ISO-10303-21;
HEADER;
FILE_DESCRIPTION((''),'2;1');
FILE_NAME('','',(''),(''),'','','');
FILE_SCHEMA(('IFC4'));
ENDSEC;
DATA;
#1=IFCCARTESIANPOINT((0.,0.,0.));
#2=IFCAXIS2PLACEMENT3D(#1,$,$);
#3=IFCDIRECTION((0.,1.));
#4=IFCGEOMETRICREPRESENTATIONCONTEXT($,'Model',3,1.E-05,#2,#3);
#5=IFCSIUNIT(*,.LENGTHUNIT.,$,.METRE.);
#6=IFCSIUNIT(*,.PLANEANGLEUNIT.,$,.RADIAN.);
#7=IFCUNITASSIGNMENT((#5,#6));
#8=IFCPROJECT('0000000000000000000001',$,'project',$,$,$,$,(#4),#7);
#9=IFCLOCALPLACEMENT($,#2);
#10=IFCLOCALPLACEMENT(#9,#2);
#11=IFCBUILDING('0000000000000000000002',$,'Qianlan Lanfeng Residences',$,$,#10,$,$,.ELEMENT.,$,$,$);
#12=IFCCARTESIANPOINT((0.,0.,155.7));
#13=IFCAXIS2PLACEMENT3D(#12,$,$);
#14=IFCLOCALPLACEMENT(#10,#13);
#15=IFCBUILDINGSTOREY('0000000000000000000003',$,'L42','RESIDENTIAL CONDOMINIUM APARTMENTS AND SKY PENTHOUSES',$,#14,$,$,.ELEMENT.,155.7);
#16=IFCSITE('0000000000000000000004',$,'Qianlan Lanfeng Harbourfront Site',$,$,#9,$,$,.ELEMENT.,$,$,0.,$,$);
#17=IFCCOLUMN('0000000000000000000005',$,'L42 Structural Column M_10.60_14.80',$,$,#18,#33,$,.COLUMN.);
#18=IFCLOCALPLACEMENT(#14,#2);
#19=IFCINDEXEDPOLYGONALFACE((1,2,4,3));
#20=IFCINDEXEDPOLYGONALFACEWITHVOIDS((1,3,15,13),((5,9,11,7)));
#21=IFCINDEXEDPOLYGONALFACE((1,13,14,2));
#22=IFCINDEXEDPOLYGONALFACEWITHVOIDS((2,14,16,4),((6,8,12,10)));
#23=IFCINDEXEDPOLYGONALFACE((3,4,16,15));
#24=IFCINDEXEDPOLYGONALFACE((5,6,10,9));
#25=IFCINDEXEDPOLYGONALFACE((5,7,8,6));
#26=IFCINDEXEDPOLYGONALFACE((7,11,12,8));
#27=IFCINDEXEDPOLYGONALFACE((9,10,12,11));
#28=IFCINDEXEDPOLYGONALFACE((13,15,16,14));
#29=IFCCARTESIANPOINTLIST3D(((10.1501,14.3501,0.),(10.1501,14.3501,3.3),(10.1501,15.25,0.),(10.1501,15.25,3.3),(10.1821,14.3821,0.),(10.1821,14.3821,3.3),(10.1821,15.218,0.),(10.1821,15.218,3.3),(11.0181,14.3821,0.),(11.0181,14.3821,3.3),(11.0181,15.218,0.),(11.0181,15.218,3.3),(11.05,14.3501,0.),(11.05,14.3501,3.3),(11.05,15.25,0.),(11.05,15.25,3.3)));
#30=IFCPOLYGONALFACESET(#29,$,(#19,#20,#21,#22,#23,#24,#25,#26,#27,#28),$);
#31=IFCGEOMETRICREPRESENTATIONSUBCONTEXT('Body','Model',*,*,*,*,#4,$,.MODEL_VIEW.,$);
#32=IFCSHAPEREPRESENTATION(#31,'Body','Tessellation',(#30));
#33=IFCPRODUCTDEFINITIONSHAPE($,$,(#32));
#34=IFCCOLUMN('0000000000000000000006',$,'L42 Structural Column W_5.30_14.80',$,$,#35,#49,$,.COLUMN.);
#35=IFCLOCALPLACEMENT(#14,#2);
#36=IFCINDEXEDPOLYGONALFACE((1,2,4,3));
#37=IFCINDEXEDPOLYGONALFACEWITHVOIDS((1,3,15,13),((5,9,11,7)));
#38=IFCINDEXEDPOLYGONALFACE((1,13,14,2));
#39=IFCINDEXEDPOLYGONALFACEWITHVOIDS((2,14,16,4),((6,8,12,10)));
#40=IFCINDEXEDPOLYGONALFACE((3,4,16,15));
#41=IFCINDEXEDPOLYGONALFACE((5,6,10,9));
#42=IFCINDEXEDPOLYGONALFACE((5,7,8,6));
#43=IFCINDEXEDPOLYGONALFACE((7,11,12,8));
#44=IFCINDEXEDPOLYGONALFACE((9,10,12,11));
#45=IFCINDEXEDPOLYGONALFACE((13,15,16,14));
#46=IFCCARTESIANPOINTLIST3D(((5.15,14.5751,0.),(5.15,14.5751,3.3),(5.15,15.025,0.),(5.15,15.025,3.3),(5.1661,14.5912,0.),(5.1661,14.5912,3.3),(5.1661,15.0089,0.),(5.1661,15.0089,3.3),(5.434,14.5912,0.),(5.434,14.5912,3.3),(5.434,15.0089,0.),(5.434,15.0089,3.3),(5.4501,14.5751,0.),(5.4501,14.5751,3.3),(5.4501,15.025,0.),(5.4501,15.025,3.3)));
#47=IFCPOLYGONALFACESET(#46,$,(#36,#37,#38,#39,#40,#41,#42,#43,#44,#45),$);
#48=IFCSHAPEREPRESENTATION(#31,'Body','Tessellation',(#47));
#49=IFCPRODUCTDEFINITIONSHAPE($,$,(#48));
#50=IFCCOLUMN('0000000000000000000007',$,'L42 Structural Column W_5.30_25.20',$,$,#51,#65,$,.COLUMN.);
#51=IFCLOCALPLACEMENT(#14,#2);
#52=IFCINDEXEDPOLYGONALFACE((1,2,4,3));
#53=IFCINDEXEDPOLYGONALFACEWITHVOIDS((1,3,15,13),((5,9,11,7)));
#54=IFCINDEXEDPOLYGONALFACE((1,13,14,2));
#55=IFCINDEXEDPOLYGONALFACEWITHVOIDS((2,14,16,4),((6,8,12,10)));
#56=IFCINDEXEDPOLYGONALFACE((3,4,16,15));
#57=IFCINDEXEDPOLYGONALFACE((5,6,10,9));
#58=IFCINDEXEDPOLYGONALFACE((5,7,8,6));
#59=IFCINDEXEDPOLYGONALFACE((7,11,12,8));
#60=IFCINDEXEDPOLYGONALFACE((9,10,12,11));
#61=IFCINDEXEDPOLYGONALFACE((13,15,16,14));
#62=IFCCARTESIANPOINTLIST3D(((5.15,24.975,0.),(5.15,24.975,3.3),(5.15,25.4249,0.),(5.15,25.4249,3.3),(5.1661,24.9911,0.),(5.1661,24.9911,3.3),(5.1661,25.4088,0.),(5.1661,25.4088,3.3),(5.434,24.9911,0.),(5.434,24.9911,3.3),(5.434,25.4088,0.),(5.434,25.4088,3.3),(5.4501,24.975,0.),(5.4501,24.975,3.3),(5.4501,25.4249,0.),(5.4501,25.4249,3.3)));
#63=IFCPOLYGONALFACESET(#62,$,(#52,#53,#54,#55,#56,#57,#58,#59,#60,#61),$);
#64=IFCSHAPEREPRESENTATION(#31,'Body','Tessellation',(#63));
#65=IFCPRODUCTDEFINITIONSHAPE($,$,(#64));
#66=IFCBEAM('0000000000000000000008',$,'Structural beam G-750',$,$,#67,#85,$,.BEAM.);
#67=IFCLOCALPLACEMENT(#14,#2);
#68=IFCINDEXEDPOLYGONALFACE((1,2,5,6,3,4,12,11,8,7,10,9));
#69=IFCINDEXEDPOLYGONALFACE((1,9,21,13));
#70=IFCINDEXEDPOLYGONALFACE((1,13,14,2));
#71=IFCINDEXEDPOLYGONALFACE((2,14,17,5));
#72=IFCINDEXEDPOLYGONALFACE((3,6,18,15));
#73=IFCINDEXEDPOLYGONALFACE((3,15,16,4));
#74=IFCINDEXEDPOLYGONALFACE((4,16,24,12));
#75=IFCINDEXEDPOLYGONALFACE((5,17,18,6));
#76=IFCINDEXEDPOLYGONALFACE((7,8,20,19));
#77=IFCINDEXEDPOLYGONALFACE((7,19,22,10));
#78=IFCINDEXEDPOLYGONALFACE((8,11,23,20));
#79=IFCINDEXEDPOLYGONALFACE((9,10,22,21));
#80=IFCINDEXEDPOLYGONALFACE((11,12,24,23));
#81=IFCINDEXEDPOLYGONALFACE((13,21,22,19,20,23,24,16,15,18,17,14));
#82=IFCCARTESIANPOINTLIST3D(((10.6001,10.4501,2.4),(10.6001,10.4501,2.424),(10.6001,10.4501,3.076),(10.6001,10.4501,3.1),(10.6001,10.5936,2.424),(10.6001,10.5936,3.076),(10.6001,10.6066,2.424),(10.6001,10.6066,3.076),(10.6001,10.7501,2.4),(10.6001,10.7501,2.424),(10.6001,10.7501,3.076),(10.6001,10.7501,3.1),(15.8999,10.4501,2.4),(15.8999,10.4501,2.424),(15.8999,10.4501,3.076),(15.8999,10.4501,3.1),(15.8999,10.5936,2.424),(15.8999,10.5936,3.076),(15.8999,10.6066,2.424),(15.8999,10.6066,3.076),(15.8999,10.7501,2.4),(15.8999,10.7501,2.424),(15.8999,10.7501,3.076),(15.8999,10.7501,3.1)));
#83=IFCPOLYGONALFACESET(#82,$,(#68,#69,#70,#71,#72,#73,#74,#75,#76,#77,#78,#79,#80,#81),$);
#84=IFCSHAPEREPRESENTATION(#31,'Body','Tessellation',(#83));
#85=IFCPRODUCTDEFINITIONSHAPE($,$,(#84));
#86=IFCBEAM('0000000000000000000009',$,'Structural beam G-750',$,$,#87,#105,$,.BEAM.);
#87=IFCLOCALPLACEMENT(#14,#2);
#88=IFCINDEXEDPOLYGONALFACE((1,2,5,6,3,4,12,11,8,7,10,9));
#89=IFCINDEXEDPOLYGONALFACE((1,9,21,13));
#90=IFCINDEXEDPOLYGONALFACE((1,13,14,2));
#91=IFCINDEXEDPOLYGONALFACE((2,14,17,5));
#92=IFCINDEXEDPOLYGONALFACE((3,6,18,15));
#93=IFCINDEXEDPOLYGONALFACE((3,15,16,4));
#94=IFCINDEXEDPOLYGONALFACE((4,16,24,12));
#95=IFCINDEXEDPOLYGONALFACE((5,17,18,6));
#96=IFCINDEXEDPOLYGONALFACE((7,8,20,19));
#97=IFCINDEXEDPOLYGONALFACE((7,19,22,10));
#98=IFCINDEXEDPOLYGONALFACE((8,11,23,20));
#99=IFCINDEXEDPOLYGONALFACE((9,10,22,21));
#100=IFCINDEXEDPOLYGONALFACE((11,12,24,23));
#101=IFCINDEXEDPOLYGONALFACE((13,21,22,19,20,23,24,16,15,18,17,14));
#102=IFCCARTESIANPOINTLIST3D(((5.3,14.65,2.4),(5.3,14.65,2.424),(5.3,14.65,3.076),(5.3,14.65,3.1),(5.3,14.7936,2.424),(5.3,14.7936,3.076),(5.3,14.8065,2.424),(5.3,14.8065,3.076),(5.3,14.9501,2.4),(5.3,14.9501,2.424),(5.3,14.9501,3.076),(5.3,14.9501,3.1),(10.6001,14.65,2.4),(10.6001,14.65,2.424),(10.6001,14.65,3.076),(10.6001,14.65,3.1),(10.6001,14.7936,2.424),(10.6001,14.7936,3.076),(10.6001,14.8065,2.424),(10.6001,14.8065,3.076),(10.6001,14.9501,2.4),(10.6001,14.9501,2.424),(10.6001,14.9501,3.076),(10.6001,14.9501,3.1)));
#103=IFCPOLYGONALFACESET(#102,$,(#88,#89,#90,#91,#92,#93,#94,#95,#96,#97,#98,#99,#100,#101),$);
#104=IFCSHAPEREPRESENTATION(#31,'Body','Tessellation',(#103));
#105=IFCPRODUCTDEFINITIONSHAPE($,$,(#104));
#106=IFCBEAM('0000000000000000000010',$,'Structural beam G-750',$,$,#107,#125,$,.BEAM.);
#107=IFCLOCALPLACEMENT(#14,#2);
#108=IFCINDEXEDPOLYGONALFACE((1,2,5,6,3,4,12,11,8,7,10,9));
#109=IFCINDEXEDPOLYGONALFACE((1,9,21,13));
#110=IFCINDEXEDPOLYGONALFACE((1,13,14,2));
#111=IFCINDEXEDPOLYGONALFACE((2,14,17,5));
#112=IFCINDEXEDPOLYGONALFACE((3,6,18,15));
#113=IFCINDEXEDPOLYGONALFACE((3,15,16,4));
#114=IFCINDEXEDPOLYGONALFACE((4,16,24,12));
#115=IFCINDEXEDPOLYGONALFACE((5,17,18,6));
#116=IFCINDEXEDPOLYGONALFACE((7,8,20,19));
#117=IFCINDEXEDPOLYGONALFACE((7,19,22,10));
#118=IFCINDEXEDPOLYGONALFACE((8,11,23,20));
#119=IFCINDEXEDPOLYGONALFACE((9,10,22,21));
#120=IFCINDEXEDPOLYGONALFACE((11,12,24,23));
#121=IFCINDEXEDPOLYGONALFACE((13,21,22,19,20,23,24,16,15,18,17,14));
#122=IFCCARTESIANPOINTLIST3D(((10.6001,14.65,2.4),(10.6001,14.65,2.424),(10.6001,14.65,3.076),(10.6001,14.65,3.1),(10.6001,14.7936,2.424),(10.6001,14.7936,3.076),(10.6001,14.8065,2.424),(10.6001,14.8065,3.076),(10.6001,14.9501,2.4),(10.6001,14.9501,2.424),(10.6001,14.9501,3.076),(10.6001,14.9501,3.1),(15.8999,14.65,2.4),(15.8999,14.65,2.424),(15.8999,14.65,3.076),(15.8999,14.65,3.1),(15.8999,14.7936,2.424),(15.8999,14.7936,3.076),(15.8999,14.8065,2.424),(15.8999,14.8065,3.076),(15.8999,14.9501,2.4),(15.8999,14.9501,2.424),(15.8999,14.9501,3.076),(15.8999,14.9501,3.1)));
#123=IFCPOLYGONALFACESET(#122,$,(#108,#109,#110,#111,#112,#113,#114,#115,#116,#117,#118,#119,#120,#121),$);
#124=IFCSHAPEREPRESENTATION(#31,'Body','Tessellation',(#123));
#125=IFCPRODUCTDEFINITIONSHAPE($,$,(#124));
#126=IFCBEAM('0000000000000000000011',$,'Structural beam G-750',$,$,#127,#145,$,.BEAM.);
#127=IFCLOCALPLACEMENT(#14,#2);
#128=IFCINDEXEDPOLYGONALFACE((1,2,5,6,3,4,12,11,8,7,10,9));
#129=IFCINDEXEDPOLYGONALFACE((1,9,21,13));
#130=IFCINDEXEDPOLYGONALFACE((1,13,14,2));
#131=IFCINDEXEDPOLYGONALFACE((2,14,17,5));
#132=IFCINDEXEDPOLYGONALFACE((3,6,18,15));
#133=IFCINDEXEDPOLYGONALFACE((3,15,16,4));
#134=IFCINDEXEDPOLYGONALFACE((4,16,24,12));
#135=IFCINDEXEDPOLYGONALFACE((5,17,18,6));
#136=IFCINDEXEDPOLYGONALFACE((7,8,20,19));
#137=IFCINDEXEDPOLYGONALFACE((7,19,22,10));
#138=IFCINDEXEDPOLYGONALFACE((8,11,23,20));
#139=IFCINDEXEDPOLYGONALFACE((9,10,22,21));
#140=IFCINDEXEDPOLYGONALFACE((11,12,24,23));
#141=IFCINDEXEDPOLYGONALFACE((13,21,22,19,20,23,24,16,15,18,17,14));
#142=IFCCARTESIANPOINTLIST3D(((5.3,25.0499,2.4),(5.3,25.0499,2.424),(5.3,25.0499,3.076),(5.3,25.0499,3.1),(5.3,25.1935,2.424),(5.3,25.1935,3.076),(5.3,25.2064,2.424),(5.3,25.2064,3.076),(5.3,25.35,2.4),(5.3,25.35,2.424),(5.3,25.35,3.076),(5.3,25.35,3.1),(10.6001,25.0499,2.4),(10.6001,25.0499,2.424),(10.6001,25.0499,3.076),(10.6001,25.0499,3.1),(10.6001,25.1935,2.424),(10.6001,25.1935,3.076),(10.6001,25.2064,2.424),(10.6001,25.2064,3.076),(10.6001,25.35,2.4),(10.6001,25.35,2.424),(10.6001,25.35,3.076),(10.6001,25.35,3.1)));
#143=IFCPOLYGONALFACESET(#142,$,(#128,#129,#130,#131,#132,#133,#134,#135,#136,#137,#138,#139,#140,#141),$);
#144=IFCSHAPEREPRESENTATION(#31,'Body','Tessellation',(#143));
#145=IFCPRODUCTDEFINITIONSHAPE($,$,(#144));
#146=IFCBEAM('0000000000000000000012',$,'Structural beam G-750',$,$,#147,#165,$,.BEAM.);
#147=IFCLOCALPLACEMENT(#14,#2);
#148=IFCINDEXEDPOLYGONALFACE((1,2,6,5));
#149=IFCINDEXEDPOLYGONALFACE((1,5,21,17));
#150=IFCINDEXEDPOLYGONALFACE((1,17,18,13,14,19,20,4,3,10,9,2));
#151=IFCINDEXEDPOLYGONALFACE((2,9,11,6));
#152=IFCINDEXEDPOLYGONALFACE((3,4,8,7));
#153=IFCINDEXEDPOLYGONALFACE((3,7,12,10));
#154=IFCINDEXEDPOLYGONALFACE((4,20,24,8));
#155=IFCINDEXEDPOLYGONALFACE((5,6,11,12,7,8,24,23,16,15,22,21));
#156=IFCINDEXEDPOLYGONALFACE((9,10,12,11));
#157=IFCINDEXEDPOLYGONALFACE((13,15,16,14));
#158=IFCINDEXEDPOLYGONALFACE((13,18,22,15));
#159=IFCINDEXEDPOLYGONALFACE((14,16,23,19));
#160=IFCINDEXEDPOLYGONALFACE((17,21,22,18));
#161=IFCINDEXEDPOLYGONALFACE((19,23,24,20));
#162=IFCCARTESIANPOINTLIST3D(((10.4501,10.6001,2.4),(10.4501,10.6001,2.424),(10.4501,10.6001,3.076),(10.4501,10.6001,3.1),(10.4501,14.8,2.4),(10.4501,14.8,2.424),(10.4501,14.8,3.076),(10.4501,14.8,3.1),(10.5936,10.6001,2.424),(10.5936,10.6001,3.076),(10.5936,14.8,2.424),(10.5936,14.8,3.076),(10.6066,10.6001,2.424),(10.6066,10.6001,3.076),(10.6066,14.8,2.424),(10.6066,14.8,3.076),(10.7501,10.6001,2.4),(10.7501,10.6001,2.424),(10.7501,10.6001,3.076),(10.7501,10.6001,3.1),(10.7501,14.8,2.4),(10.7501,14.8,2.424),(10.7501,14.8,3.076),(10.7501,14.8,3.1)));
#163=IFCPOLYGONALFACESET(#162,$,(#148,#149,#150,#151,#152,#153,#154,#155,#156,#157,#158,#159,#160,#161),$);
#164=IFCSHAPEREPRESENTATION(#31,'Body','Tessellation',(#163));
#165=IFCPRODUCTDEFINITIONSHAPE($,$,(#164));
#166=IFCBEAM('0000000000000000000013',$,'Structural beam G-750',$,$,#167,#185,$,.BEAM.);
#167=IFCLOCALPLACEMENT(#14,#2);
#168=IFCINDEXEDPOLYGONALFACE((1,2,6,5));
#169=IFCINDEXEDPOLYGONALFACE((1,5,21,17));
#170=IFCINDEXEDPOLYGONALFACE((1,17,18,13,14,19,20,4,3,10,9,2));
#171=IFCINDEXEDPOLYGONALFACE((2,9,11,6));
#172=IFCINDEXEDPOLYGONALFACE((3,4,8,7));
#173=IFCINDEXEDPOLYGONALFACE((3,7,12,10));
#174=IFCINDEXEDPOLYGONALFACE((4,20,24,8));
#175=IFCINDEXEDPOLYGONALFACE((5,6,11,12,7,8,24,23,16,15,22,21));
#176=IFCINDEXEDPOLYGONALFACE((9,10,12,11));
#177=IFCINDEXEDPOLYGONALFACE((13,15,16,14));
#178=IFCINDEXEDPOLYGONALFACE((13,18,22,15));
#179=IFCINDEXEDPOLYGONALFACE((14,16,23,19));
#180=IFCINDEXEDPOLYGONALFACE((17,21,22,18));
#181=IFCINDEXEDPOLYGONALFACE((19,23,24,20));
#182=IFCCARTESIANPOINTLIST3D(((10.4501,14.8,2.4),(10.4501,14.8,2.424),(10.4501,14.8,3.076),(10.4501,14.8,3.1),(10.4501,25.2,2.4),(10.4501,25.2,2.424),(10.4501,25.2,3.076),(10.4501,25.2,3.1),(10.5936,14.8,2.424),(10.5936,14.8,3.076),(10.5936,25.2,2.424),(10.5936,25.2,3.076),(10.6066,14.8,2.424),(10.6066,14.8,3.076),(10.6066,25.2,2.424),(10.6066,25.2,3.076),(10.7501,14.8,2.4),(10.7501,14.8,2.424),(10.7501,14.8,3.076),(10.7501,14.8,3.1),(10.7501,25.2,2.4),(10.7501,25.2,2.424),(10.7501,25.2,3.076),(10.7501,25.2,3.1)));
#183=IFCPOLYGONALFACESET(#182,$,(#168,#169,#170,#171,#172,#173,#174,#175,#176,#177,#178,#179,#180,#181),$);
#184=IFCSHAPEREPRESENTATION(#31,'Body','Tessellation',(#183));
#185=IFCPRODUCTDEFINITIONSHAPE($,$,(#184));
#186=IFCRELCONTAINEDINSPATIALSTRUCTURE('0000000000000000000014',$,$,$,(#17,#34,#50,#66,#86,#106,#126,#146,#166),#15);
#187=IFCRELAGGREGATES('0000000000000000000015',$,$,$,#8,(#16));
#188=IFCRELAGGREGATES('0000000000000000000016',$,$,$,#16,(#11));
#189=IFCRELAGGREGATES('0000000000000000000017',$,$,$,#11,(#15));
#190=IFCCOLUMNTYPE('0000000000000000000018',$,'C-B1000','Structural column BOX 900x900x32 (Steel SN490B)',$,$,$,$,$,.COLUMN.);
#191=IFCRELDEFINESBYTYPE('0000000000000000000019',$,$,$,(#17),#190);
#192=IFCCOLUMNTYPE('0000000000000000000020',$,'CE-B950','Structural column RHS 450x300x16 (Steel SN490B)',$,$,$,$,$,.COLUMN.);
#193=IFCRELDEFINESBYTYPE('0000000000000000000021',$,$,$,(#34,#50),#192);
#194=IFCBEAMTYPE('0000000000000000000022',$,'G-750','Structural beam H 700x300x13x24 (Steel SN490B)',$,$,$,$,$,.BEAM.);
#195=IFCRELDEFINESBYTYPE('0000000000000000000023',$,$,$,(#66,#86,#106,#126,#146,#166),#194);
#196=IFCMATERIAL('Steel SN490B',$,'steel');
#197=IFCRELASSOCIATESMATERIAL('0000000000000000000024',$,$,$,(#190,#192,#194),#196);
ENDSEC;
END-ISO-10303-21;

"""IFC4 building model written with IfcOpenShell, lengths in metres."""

from ifc_helpers import new_model, si_unit, direction, frame, origin, origin_2d, place, context, subcontext, project, spatial, hollow_rectangle, i_section, extrude, material, material_profile, profile_set, type_object, element, save


model = new_model("IFC4")

# Units and contexts
model_context = context("Model", 3, precision=1e-05, world=origin(), true_north=direction((0.0, 1.0)))
body_context = subcontext(model_context, "Body", "Model", "MODEL_VIEW")
ifc_project = project(units=[si_unit("LENGTHUNIT", "METRE"), si_unit("PLANEANGLEUNIT", "RADIAN")], contexts=[model_context])

# Site, building, storey
site_placement = place(None, origin())
site = spatial("IfcSite", under=ifc_project, at=site_placement, Name="Qianlan Lanfeng Harbourfront Site", CompositionType="ELEMENT", RefElevation=0.0)
building_placement = place(site_placement, origin())
building = spatial("IfcBuilding", under=site, at=building_placement, Name="Qianlan Lanfeng Residences", CompositionType="ELEMENT")
storey_placement = place(building_placement, frame((0.0, 0.0, 155.7)))
storey = spatial("IfcBuildingStorey", under=building, at=storey_placement, Name="L42", Description="RESIDENTIAL CONDOMINIUM APARTMENTS AND SKY PENTHOUSES", CompositionType="ELEMENT", Elevation=155.7)

# Columns
ifc_material_1 = material(Name="Steel SN490B", Category="steel")
ifc_material_profile_1 = material_profile(ifc_material_1, hollow_rectangle(XDim=0.8999, YDim=0.8999, WallThickness=0.032, at=origin_2d()), Name="BOX 900x900x32")
ifc_profile_set_1 = profile_set([ifc_material_profile_1], Name="Steel SN490B")
column_type_1 = type_object("IfcColumnType", Name="C-B1000", Description="Structural column BOX 900x900x32 (Steel SN490B)", PredefinedType="COLUMN", material=ifc_profile_set_1)
column_placement = place(storey_placement, frame((10.6001, 14.8, 0.0), z_axis=(0.0, 0.0, 1.0), x_axis=(1.0, 0.0, 0.0)))
element("IfcColumn", 1, at=column_placement, inside=storey, type_object=column_type_1, Name="L42 Structural Column M_10.60_14.80", PredefinedType="COLUMN", context=body_context, shape_type="SweptSolid", body=[
    extrude(hollow_rectangle(XDim=0.8999, YDim=0.8999, WallThickness=0.032, at=origin_2d()), origin(), (0.0, 0.0, 1.0), 3.3),
])
ifc_material_profile_2 = material_profile(ifc_material_1, hollow_rectangle(XDim=0.3, YDim=0.45, WallThickness=0.0161, at=origin_2d()), Name="RHS 450x300x16")
ifc_profile_set_2 = profile_set([ifc_material_profile_2], Name="Steel SN490B")
column_type_2 = type_object("IfcColumnType", Name="CE-B950", Description="Structural column RHS 450x300x16 (Steel SN490B)", PredefinedType="COLUMN", material=ifc_profile_set_2)
for number, where, z_axis, x_axis, name in (
    (2, (5.3, 14.8, 0.0), (0.0, 0.0, 1.0), (1.0, 0.0, 0.0), "L42 Structural Column W_5.30_14.80"),
    (3, (5.3, 25.2, 0.0), (0.0, 0.0, 1.0), (1.0, 0.0, 0.0), "L42 Structural Column W_5.30_25.20"),
):
    element("IfcColumn", number, at=place(storey_placement, frame(where, z_axis=z_axis, x_axis=x_axis)), inside=storey, type_object=column_type_2, Name=name, PredefinedType="COLUMN", context=body_context, shape_type="SweptSolid", body=[
        extrude(hollow_rectangle(XDim=0.3, YDim=0.45, WallThickness=0.0161, at=origin_2d()), origin(), (0.0, 0.0, 1.0), 3.3),
    ])

# Beams
ifc_material_profile_3 = material_profile(ifc_material_1, i_section(OverallWidth=0.3, OverallDepth=0.7, WebThickness=0.0129, FlangeThickness=0.0239, at=origin_2d()), Name="H 700x300x13x24")
ifc_profile_set_3 = profile_set([ifc_material_profile_3], Name="Steel SN490B")
beam_type_1 = type_object("IfcBeamType", Name="G-750", Description="Structural beam H 700x300x13x24 (Steel SN490B)", PredefinedType="BEAM", material=ifc_profile_set_3)
beam_1_placement = place(storey_placement, frame((10.6001, 10.6001, 2.75), z_axis=(1.0, 0.0, 0.0), x_axis=(0.0, 1.0, 0.0)))
element("IfcBeam", 4, at=beam_1_placement, inside=storey, type_object=beam_type_1, Name="Structural beam G-750", PredefinedType="BEAM", context=body_context, shape_type="SweptSolid", body=[
    extrude(i_section(OverallWidth=0.3, OverallDepth=0.7, WebThickness=0.0129, FlangeThickness=0.0239, at=origin_2d()), origin(), (0.0, 0.0, 1.0), 5.2998),
])
beam_2_placement = place(storey_placement, frame((5.3, 14.8, 2.75), z_axis=(1.0, 0.0, 0.0), x_axis=(0.0, 1.0, 0.0)))
element("IfcBeam", 5, at=beam_2_placement, inside=storey, type_object=beam_type_1, Name="Structural beam G-750", PredefinedType="BEAM", context=body_context, shape_type="SweptSolid", body=[
    extrude(i_section(OverallWidth=0.3, OverallDepth=0.7, WebThickness=0.0129, FlangeThickness=0.0239, at=origin_2d()), origin(), (0.0, 0.0, 1.0), 5.3),
])
beam_3_placement = place(storey_placement, frame((10.6001, 14.8, 2.75), z_axis=(1.0, 0.0, 0.0), x_axis=(0.0, 1.0, 0.0)))
element("IfcBeam", 6, at=beam_3_placement, inside=storey, type_object=beam_type_1, Name="Structural beam G-750", PredefinedType="BEAM", context=body_context, shape_type="SweptSolid", body=[
    extrude(i_section(OverallWidth=0.3, OverallDepth=0.7, WebThickness=0.0129, FlangeThickness=0.0239, at=origin_2d()), origin(), (0.0, 0.0, 1.0), 5.2998),
])
beam_4_placement = place(storey_placement, frame((5.3, 25.2, 2.75), z_axis=(1.0, 0.0, 0.0), x_axis=(0.0, 1.0, 0.0)))
element("IfcBeam", 7, at=beam_4_placement, inside=storey, type_object=beam_type_1, Name="Structural beam G-750", PredefinedType="BEAM", context=body_context, shape_type="SweptSolid", body=[
    extrude(i_section(OverallWidth=0.3, OverallDepth=0.7, WebThickness=0.0129, FlangeThickness=0.0239, at=origin_2d()), origin(), (0.0, 0.0, 1.0), 5.3),
])
beam_5_placement = place(storey_placement, frame((10.6001, 10.6001, 2.75), z_axis=(0.0, 1.0, 0.0), x_axis=(-1.0, 0.0, 0.0)))
element("IfcBeam", 8, at=beam_5_placement, inside=storey, type_object=beam_type_1, Name="Structural beam G-750", PredefinedType="BEAM", context=body_context, shape_type="SweptSolid", body=[
    extrude(i_section(OverallWidth=0.3, OverallDepth=0.7, WebThickness=0.0129, FlangeThickness=0.0239, at=origin_2d()), origin(), (0.0, 0.0, 1.0), 4.2),
])
beam_6_placement = place(storey_placement, frame((10.6001, 14.8, 2.75), z_axis=(0.0, 1.0, 0.0), x_axis=(-1.0, 0.0, 0.0)))
element("IfcBeam", 9, at=beam_6_placement, inside=storey, type_object=beam_type_1, Name="Structural beam G-750", PredefinedType="BEAM", context=body_context, shape_type="SweptSolid", body=[
    extrude(i_section(OverallWidth=0.3, OverallDepth=0.7, WebThickness=0.0129, FlangeThickness=0.0239, at=origin_2d()), origin(), (0.0, 0.0, 1.0), 10.3999),
])

save(model, "model.ifc")
